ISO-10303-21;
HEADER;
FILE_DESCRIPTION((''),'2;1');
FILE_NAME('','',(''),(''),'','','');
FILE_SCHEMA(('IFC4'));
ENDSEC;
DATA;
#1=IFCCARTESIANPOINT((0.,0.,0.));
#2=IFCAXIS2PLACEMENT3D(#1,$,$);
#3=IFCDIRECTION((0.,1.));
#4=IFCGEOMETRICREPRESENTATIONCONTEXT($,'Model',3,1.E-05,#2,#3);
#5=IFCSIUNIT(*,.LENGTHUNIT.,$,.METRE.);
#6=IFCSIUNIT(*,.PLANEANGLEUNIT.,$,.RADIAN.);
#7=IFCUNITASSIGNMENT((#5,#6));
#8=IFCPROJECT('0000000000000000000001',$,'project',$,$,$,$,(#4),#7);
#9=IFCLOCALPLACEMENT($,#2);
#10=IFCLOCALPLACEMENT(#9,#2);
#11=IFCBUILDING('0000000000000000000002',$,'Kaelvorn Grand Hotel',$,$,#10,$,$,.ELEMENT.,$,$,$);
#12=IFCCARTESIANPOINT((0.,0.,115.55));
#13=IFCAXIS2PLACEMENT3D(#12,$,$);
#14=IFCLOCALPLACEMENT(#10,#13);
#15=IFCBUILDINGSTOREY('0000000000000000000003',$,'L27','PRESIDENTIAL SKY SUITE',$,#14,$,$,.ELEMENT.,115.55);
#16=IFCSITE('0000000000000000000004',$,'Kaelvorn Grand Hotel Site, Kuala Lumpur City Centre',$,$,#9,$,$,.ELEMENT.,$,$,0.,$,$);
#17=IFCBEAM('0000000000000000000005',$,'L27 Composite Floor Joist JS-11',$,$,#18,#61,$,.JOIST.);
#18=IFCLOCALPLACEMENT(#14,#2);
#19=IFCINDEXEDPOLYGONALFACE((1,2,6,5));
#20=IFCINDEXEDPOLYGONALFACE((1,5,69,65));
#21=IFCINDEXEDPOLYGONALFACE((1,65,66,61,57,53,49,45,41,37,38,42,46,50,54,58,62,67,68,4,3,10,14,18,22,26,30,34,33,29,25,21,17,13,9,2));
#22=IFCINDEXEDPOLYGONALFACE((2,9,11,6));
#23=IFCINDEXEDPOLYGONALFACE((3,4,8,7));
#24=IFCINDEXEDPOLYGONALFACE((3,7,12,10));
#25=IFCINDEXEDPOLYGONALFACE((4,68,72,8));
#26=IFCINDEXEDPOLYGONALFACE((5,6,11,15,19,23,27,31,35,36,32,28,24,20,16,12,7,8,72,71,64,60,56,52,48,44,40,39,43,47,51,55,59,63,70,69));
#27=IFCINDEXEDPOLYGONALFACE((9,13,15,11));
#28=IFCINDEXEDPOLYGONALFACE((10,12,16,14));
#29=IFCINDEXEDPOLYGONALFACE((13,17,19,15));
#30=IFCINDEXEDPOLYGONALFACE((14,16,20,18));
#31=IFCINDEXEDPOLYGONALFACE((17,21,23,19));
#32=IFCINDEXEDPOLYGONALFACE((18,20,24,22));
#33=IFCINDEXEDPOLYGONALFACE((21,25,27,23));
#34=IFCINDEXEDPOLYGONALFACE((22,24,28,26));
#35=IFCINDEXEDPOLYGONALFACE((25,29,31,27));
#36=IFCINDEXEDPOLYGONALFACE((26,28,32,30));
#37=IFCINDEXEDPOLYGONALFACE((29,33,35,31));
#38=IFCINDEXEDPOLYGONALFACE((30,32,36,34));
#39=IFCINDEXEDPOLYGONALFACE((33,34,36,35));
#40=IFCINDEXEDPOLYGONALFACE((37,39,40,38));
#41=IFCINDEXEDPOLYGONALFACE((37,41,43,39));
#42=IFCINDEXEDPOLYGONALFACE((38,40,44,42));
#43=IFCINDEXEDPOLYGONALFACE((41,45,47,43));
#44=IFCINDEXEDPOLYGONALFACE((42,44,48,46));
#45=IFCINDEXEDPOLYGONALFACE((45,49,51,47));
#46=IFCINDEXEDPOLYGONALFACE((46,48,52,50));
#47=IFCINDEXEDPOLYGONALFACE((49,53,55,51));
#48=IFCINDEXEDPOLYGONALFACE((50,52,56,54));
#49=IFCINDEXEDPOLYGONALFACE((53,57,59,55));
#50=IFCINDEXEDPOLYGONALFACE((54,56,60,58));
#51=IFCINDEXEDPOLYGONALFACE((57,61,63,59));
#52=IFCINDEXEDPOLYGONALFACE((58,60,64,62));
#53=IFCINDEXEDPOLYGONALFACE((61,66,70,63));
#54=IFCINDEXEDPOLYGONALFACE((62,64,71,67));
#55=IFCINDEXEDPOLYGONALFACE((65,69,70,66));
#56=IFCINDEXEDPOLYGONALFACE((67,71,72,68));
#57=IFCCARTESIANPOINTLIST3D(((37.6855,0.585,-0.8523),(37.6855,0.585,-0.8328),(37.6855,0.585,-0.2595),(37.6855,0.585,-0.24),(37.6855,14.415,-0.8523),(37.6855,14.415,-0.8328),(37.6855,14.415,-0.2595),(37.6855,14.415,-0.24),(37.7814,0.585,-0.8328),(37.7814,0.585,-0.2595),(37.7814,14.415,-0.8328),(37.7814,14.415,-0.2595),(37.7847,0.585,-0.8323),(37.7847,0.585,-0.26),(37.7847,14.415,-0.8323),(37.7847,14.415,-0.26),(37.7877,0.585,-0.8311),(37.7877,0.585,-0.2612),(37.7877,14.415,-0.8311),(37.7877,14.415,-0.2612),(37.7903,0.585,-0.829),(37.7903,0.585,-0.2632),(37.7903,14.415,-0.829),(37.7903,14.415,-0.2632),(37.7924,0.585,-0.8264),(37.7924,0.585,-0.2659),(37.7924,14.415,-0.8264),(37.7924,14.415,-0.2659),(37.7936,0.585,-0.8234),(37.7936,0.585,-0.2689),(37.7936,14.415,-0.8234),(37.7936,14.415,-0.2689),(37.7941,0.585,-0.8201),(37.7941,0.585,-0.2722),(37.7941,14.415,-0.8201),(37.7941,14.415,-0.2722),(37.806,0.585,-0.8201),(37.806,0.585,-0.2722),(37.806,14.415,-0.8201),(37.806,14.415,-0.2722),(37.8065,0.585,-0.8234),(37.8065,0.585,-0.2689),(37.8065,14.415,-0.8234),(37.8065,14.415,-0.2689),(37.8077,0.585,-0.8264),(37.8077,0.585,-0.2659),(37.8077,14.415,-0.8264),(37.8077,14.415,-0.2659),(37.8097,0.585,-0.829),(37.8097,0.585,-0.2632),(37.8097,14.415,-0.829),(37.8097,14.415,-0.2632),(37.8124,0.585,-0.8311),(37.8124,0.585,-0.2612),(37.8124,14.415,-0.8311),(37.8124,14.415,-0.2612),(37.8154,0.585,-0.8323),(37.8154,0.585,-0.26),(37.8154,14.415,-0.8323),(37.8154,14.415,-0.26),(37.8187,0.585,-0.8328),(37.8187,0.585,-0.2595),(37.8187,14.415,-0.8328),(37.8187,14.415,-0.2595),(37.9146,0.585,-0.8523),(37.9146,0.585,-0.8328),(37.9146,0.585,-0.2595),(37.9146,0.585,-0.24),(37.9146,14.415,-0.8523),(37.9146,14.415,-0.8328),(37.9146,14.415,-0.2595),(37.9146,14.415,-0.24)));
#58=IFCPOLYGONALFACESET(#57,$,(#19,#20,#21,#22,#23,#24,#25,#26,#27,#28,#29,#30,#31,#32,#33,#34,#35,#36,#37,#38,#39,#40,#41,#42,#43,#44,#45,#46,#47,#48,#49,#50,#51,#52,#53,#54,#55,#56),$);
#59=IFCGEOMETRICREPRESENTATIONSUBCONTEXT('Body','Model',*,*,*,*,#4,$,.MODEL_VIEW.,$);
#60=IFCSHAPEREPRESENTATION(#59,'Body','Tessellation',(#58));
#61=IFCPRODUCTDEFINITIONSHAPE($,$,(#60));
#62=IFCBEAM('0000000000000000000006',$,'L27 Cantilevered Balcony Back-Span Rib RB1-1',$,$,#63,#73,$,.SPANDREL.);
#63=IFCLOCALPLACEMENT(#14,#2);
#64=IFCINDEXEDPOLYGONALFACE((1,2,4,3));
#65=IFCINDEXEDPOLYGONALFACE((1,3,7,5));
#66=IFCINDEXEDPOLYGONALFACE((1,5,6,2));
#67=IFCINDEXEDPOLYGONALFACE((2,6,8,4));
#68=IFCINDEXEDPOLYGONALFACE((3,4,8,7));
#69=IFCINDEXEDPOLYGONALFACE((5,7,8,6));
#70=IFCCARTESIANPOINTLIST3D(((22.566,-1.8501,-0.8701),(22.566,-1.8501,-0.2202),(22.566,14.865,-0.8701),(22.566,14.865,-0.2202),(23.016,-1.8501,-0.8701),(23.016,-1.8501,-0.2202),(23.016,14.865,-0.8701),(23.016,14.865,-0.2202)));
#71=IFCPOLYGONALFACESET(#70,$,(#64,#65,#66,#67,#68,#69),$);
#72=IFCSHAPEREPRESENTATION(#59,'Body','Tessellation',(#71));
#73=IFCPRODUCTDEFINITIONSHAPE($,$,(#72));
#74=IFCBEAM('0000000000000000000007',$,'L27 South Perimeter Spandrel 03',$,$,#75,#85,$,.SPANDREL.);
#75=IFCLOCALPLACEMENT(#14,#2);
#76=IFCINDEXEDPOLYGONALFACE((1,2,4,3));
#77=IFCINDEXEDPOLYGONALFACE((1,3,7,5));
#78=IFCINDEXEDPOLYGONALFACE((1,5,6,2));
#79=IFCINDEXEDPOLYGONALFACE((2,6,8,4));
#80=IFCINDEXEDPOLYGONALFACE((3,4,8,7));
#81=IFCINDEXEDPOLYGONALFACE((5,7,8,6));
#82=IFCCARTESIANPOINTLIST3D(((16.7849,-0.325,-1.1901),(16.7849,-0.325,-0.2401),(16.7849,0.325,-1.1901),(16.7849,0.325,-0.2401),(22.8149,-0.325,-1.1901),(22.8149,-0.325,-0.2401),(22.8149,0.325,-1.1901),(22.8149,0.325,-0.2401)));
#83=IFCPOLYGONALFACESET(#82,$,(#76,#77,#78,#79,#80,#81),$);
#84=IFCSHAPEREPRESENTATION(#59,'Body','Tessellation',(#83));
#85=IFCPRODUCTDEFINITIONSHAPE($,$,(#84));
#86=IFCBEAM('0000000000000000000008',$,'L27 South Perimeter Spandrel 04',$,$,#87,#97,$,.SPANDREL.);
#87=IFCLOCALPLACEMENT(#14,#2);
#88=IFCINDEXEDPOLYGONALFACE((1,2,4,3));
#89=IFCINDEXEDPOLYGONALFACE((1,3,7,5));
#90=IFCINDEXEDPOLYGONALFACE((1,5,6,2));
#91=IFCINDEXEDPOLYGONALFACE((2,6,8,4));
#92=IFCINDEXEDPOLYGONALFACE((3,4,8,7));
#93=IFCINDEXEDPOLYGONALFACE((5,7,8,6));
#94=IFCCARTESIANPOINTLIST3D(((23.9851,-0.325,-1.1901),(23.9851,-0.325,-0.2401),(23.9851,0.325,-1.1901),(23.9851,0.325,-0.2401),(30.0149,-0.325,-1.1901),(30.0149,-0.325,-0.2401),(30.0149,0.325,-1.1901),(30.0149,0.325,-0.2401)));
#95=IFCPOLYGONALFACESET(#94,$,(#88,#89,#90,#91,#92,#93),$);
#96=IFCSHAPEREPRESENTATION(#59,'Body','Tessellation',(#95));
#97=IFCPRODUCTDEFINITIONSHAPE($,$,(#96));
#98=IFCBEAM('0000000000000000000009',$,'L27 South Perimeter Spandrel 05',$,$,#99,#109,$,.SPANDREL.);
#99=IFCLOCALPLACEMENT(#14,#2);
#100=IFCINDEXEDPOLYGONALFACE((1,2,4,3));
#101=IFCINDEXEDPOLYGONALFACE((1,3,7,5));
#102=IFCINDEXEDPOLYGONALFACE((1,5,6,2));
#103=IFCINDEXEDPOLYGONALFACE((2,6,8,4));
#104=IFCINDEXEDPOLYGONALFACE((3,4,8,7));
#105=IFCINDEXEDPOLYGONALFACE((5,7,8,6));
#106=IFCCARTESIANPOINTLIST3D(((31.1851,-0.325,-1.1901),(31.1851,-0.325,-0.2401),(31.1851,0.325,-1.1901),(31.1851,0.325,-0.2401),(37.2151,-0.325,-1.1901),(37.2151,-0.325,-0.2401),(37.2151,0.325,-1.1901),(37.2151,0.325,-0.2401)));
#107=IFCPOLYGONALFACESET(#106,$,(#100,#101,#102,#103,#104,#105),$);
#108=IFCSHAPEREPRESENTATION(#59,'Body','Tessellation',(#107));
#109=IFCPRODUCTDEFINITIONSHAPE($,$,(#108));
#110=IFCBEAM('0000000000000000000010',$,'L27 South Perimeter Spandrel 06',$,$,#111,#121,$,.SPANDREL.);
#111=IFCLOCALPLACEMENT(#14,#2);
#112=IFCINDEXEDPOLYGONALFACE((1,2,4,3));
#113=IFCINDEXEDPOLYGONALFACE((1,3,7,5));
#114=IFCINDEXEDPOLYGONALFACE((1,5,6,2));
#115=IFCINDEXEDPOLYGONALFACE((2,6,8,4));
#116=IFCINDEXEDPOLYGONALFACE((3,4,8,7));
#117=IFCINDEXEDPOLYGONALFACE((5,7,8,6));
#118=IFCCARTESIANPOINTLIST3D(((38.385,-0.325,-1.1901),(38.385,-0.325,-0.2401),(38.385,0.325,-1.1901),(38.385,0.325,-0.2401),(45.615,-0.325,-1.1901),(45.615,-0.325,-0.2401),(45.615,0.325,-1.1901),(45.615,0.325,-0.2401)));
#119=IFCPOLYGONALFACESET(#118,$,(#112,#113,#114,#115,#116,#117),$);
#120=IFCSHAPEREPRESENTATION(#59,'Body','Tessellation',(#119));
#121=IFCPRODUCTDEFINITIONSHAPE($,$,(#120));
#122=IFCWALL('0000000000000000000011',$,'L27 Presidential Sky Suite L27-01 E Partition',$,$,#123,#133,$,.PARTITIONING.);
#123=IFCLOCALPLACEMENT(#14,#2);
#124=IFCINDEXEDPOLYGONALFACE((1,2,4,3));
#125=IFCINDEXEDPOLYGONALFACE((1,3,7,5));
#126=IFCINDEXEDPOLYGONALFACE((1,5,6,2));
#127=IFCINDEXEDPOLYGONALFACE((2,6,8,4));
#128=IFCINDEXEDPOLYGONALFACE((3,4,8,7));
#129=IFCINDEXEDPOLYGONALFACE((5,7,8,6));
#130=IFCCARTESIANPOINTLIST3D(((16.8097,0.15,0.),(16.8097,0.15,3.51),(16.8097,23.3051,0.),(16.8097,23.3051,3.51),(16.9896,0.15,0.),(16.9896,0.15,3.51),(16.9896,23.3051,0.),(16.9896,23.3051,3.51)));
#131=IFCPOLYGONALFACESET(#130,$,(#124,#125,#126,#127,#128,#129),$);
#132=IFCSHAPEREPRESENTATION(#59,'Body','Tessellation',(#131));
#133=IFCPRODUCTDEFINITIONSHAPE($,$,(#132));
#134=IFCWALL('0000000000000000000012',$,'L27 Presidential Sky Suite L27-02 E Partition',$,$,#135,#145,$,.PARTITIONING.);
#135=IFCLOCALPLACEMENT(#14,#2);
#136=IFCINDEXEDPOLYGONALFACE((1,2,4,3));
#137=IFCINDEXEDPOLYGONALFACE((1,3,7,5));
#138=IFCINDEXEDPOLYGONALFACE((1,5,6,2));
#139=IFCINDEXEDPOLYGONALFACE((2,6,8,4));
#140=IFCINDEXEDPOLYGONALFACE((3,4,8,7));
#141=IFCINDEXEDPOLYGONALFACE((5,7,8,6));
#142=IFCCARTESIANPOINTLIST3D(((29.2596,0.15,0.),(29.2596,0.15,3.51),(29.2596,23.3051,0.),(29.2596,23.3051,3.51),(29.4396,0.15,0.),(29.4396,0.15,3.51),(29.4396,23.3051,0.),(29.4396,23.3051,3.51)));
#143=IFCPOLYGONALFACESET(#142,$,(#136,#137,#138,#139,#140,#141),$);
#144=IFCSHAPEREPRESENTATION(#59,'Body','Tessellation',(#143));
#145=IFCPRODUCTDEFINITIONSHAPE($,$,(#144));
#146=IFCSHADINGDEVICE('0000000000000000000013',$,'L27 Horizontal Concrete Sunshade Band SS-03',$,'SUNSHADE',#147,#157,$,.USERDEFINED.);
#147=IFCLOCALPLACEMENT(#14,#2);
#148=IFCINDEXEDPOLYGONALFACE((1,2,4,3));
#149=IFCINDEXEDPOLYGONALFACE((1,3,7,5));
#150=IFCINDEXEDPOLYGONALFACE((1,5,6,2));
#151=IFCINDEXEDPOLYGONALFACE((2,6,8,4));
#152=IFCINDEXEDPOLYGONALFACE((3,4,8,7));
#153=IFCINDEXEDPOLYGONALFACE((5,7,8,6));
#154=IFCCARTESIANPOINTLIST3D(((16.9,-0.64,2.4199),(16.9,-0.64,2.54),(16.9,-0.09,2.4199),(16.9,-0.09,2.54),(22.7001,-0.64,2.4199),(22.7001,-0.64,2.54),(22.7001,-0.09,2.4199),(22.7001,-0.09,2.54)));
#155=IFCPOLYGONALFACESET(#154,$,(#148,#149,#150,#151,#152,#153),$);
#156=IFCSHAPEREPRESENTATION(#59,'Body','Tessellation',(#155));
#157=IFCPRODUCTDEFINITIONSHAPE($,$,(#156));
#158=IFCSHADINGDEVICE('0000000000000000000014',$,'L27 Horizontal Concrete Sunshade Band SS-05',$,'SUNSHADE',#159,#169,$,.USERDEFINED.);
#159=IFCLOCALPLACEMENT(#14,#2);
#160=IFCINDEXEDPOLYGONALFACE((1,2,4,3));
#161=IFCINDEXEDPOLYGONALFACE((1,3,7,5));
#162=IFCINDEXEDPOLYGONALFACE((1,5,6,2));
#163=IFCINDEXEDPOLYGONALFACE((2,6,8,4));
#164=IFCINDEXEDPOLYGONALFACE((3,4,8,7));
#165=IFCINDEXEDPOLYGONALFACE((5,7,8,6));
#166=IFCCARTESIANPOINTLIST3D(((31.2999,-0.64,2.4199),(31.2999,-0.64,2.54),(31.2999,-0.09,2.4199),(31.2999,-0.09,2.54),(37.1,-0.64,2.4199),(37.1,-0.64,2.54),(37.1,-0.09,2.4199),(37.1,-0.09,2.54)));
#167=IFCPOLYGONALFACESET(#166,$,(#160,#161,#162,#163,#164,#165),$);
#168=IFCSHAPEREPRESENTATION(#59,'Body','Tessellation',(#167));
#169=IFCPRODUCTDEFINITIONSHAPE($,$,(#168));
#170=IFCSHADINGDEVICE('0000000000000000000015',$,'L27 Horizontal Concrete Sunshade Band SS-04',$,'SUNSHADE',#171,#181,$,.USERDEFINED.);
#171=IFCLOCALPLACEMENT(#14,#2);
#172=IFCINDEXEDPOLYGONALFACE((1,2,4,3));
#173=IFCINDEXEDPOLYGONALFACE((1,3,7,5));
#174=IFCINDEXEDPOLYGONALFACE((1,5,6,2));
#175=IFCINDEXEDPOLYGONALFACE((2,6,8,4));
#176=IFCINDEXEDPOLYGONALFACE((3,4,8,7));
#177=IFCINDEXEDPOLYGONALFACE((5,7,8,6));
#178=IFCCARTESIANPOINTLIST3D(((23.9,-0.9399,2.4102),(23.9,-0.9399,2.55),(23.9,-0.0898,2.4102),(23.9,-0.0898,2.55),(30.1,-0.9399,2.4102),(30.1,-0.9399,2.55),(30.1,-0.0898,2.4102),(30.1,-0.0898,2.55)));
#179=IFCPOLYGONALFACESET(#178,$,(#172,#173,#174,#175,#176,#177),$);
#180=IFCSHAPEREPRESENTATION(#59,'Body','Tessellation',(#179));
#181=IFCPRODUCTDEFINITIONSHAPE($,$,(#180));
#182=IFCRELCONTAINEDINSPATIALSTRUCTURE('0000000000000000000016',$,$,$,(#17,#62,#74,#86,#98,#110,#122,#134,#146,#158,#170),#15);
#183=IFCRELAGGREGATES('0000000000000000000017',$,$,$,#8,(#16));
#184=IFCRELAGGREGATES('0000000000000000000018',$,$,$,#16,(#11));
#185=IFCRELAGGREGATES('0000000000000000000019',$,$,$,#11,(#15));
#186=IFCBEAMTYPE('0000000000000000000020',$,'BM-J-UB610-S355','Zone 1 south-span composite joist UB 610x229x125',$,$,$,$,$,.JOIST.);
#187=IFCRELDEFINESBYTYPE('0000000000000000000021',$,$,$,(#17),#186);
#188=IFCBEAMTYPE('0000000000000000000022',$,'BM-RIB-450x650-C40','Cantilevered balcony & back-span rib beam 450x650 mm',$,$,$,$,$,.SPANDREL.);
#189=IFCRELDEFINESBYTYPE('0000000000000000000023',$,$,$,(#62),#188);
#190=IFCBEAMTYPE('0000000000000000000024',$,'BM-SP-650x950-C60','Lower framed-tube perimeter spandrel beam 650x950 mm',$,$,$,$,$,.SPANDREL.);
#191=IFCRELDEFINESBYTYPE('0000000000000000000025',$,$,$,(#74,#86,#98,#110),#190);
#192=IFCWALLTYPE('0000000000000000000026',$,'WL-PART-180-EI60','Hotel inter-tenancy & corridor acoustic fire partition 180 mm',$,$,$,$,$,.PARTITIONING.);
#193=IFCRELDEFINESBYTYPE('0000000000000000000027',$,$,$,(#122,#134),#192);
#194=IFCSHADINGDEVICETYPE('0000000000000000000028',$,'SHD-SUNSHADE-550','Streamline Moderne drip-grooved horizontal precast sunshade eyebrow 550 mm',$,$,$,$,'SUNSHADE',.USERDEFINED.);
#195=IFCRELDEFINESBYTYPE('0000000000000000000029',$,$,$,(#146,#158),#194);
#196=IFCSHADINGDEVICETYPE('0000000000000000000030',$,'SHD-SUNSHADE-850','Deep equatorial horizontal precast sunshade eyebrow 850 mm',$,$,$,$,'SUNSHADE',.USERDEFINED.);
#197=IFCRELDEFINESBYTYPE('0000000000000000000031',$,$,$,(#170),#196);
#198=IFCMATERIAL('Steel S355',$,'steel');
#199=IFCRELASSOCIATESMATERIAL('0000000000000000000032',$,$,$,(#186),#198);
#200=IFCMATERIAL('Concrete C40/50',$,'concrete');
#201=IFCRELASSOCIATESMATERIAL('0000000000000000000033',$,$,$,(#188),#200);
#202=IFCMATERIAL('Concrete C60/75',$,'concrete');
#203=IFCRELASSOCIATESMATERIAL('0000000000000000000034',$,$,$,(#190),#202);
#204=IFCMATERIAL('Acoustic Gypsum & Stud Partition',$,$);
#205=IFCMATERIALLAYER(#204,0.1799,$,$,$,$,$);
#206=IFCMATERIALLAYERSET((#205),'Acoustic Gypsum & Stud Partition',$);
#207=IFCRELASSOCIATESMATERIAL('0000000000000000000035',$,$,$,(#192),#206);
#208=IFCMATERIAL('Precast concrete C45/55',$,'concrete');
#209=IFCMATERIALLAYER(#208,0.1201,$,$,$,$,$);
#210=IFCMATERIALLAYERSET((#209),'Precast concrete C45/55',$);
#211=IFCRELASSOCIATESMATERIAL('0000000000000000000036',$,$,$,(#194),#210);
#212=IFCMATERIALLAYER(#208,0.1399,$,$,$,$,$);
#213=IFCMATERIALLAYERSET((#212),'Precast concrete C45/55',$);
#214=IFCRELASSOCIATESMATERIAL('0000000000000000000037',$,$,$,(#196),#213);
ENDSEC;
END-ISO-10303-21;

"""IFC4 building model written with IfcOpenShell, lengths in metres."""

from ifc_helpers import new_model, si_unit, direction, frame, frame_2d, origin, origin_2d, place, context, subcontext, project, spatial, rectangle, i_section, extrude, material, layer, layer_set, material_profile, profile_set, type_object, element, save


model = new_model("IFC4")

# Units and contexts
model_context = context("Model", 3, precision=1e-05, world=origin(), true_north=direction((0.0, 1.0)))
body_context = subcontext(model_context, "Body", "Model", "MODEL_VIEW")
ifc_project = project(units=[si_unit("LENGTHUNIT", "METRE"), si_unit("PLANEANGLEUNIT", "RADIAN")], contexts=[model_context])

# Site, building, storey
site_placement = place(None, origin())
site = spatial("IfcSite", under=ifc_project, at=site_placement, Name="Kaelvorn Grand Hotel Site, Kuala Lumpur City Centre", CompositionType="ELEMENT", RefElevation=0.0)
building_placement = place(site_placement, origin())
building = spatial("IfcBuilding", under=site, at=building_placement, Name="Kaelvorn Grand Hotel", CompositionType="ELEMENT")
storey_placement = place(building_placement, frame((0.0, 0.0, 115.55)))
storey = spatial("IfcBuildingStorey", under=building, at=storey_placement, Name="L27", Description="PRESIDENTIAL SKY SUITE", CompositionType="ELEMENT", Elevation=115.55)

# Shared definitions
ifc_material_1 = material(Name="Concrete C60/75", Category="concrete")

# Beams
ifc_material_2 = material(Name="Steel S355", Category="steel")
ifc_material_profile_1 = material_profile(ifc_material_2, i_section(OverallWidth=0.229, OverallDepth=0.6123, WebThickness=0.012, FlangeThickness=0.0195, FilletRadius=0.0127, at=origin_2d()), Name="UB 610x229x125")
ifc_profile_set_1 = profile_set([ifc_material_profile_1], Name="Steel S355")
beam_type_1 = type_object("IfcBeamType", Name="BM-J-UB610-S355", Description="Zone 1 south-span composite joist UB 610x229x125", PredefinedType="JOIST", material=ifc_profile_set_1)
beam_1_placement = place(storey_placement, frame((37.8, 0.585, -0.5461), z_axis=(0.0, 1.0, 0.0), x_axis=(-1.0, 0.0, 0.0)))
element("IfcBeam", 1, at=beam_1_placement, inside=storey, type_object=beam_type_1, Name="L27 Composite Floor Joist JS-11", PredefinedType="JOIST", context=body_context, shape_type="SweptSolid", body=[
    extrude(i_section(OverallWidth=0.229, OverallDepth=0.6123, WebThickness=0.012, FlangeThickness=0.0195, FilletRadius=0.0127, at=origin_2d()), origin(), (0.0, 0.0, 1.0), 13.8301),
])
ifc_material_3 = material(Name="Concrete C40/50", Category="concrete")
ifc_material_profile_2 = material_profile(ifc_material_3, rectangle(XDim=0.45, YDim=0.6499, at=origin_2d()), Name="RC RIB 450x650")
ifc_profile_set_2 = profile_set([ifc_material_profile_2], Name="Concrete C40/50")
beam_type_2 = type_object("IfcBeamType", Name="BM-RIB-450x650-C40", Description="Cantilevered balcony & back-span rib beam 450x650 mm", PredefinedType="SPANDREL", material=ifc_profile_set_2)
beam_2_placement = place(storey_placement, frame((22.791, -1.8501, -0.5452), z_axis=(0.0, 1.0, 0.0), x_axis=(-1.0, 0.0, 0.0)))
element("IfcBeam", 2, at=beam_2_placement, inside=storey, type_object=beam_type_2, Name="L27 Cantilevered Balcony Back-Span Rib RB1-1", PredefinedType="SPANDREL", context=body_context, shape_type="SweptSolid", body=[
    extrude(rectangle(XDim=0.45, YDim=0.6499, at=origin_2d()), origin(), (0.0, 0.0, 1.0), 16.7151),
])
ifc_material_profile_3 = material_profile(ifc_material_1, rectangle(XDim=0.6499, YDim=0.95, at=origin_2d()), Name="RC SPANDREL 650x950")
ifc_profile_set_3 = profile_set([ifc_material_profile_3], Name="Concrete C60/75")
beam_type_3 = type_object("IfcBeamType", Name="BM-SP-650x950-C60", Description="Lower framed-tube perimeter spandrel beam 650x950 mm", PredefinedType="SPANDREL", material=ifc_profile_set_3)
beam_3_placement = place(storey_placement, frame((16.7849, 0.0, -0.7151), z_axis=(1.0, 0.0, 0.0), x_axis=(0.0, 1.0, 0.0)))
element("IfcBeam", 3, at=beam_3_placement, inside=storey, type_object=beam_type_3, Name="L27 South Perimeter Spandrel 03", PredefinedType="SPANDREL", context=body_context, shape_type="SweptSolid", body=[
    extrude(rectangle(XDim=0.6499, YDim=0.95, at=origin_2d()), origin(), (0.0, 0.0, 1.0), 6.03),
])
beam_4_placement = place(storey_placement, frame((23.9851, 0.0, -0.7151), z_axis=(1.0, 0.0, 0.0), x_axis=(0.0, 1.0, 0.0)))
element("IfcBeam", 4, at=beam_4_placement, inside=storey, type_object=beam_type_3, Name="L27 South Perimeter Spandrel 04", PredefinedType="SPANDREL", context=body_context, shape_type="SweptSolid", body=[
    extrude(rectangle(XDim=0.6499, YDim=0.95, at=origin_2d()), origin(), (0.0, 0.0, 1.0), 6.0298),
])
beam_5_placement = place(storey_placement, frame((31.1851, 0.0, -0.7151), z_axis=(1.0, 0.0, 0.0), x_axis=(0.0, 1.0, 0.0)))
element("IfcBeam", 5, at=beam_5_placement, inside=storey, type_object=beam_type_3, Name="L27 South Perimeter Spandrel 05", PredefinedType="SPANDREL", context=body_context, shape_type="SweptSolid", body=[
    extrude(rectangle(XDim=0.6499, YDim=0.95, at=origin_2d()), origin(), (0.0, 0.0, 1.0), 6.03),
])
beam_6_placement = place(storey_placement, frame((38.385, 0.0, -0.7151), z_axis=(1.0, 0.0, 0.0), x_axis=(0.0, 1.0, 0.0)))
element("IfcBeam", 6, at=beam_6_placement, inside=storey, type_object=beam_type_3, Name="L27 South Perimeter Spandrel 06", PredefinedType="SPANDREL", context=body_context, shape_type="SweptSolid", body=[
    extrude(rectangle(XDim=0.6499, YDim=0.95, at=origin_2d()), origin(), (0.0, 0.0, 1.0), 7.23),
])

# Walls
ifc_material_4 = material(Name="Acoustic Gypsum & Stud Partition")
ifc_layer_1 = layer(ifc_material_4, 0.1799)
ifc_layer_set_1 = layer_set([ifc_layer_1], Name="Acoustic Gypsum & Stud Partition")
wall_type = type_object("IfcWallType", Name="WL-PART-180-EI60", Description="Hotel inter-tenancy & corridor acoustic fire partition 180 mm", PredefinedType="PARTITIONING", material=ifc_layer_set_1)
for number, where, z_axis, x_axis, name in (
    (7, (16.8997, 0.1499, 0.0), (0.0, 0.0, 1.0), (0.0, 1.0, 0.0), "L27 Presidential Sky Suite L27-01 E Partition"),
    (8, (29.3496, 0.1499, 0.0), (0.0, 0.0, 1.0), (0.0, 1.0, 0.0), "L27 Presidential Sky Suite L27-02 E Partition"),
):
    element("IfcWall", number, at=place(storey_placement, frame(where, z_axis=z_axis, x_axis=x_axis)), inside=storey, type_object=wall_type, Name=name, PredefinedType="PARTITIONING", context=body_context, shape_type="SweptSolid", body=[
        extrude(rectangle(XDim=23.155, YDim=0.1799, at=frame_2d((11.5776, 0.0))), origin(), (0.0, 0.0, 1.0), 3.51),
    ])

# Shading devices
ifc_material_5 = material(Name="Precast concrete C45/55", Category="concrete")
ifc_layer_2 = layer(ifc_material_5, 0.1201)
ifc_layer_set_2 = layer_set([ifc_layer_2], Name="Precast concrete C45/55")
shading_device_type_1 = type_object("IfcShadingDeviceType", Name="SHD-SUNSHADE-550", Description="Streamline Moderne drip-grooved horizontal precast sunshade eyebrow 550 mm", ElementType="SUNSHADE", PredefinedType="USERDEFINED", material=ifc_layer_set_2)
for number, where, z_axis, x_axis, name in (
    (9, (19.8, -0.365, 2.4199), (0.0, 0.0, 1.0), (1.0, 0.0, 0.0), "L27 Horizontal Concrete Sunshade Band SS-03"),
    (10, (34.2, -0.365, 2.4199), (0.0, 0.0, 1.0), (1.0, 0.0, 0.0), "L27 Horizontal Concrete Sunshade Band SS-05"),
):
    element("IfcShadingDevice", number, at=place(storey_placement, frame(where, z_axis=z_axis, x_axis=x_axis)), inside=storey, type_object=shading_device_type_1, Name=name, ObjectType="SUNSHADE", PredefinedType="USERDEFINED", context=body_context, shape_type="SweptSolid", body=[
        extrude(rectangle(XDim=5.8, YDim=0.55, at=origin_2d()), origin(), (0.0, 0.0, 1.0), 0.1201),
    ])
ifc_layer_3 = layer(ifc_material_5, 0.1399)
ifc_layer_set_3 = layer_set([ifc_layer_3], Name="Precast concrete C45/55")
shading_device_type_2 = type_object("IfcShadingDeviceType", Name="SHD-SUNSHADE-850", Description="Deep equatorial horizontal precast sunshade eyebrow 850 mm", ElementType="SUNSHADE", PredefinedType="USERDEFINED", material=ifc_layer_set_3)
shading_device_placement = place(storey_placement, frame((27.0, -0.5149, 2.4102), z_axis=(0.0, 0.0, 1.0), x_axis=(1.0, 0.0, 0.0)))
element("IfcShadingDevice", 11, at=shading_device_placement, inside=storey, type_object=shading_device_type_2, Name="L27 Horizontal Concrete Sunshade Band SS-04", ObjectType="SUNSHADE", PredefinedType="USERDEFINED", context=body_context, shape_type="SweptSolid", body=[
    extrude(rectangle(XDim=6.2, YDim=0.8501, at=origin_2d()), origin(), (0.0, 0.0, 1.0), 0.1399),
])

save(model, "model.ifc")
